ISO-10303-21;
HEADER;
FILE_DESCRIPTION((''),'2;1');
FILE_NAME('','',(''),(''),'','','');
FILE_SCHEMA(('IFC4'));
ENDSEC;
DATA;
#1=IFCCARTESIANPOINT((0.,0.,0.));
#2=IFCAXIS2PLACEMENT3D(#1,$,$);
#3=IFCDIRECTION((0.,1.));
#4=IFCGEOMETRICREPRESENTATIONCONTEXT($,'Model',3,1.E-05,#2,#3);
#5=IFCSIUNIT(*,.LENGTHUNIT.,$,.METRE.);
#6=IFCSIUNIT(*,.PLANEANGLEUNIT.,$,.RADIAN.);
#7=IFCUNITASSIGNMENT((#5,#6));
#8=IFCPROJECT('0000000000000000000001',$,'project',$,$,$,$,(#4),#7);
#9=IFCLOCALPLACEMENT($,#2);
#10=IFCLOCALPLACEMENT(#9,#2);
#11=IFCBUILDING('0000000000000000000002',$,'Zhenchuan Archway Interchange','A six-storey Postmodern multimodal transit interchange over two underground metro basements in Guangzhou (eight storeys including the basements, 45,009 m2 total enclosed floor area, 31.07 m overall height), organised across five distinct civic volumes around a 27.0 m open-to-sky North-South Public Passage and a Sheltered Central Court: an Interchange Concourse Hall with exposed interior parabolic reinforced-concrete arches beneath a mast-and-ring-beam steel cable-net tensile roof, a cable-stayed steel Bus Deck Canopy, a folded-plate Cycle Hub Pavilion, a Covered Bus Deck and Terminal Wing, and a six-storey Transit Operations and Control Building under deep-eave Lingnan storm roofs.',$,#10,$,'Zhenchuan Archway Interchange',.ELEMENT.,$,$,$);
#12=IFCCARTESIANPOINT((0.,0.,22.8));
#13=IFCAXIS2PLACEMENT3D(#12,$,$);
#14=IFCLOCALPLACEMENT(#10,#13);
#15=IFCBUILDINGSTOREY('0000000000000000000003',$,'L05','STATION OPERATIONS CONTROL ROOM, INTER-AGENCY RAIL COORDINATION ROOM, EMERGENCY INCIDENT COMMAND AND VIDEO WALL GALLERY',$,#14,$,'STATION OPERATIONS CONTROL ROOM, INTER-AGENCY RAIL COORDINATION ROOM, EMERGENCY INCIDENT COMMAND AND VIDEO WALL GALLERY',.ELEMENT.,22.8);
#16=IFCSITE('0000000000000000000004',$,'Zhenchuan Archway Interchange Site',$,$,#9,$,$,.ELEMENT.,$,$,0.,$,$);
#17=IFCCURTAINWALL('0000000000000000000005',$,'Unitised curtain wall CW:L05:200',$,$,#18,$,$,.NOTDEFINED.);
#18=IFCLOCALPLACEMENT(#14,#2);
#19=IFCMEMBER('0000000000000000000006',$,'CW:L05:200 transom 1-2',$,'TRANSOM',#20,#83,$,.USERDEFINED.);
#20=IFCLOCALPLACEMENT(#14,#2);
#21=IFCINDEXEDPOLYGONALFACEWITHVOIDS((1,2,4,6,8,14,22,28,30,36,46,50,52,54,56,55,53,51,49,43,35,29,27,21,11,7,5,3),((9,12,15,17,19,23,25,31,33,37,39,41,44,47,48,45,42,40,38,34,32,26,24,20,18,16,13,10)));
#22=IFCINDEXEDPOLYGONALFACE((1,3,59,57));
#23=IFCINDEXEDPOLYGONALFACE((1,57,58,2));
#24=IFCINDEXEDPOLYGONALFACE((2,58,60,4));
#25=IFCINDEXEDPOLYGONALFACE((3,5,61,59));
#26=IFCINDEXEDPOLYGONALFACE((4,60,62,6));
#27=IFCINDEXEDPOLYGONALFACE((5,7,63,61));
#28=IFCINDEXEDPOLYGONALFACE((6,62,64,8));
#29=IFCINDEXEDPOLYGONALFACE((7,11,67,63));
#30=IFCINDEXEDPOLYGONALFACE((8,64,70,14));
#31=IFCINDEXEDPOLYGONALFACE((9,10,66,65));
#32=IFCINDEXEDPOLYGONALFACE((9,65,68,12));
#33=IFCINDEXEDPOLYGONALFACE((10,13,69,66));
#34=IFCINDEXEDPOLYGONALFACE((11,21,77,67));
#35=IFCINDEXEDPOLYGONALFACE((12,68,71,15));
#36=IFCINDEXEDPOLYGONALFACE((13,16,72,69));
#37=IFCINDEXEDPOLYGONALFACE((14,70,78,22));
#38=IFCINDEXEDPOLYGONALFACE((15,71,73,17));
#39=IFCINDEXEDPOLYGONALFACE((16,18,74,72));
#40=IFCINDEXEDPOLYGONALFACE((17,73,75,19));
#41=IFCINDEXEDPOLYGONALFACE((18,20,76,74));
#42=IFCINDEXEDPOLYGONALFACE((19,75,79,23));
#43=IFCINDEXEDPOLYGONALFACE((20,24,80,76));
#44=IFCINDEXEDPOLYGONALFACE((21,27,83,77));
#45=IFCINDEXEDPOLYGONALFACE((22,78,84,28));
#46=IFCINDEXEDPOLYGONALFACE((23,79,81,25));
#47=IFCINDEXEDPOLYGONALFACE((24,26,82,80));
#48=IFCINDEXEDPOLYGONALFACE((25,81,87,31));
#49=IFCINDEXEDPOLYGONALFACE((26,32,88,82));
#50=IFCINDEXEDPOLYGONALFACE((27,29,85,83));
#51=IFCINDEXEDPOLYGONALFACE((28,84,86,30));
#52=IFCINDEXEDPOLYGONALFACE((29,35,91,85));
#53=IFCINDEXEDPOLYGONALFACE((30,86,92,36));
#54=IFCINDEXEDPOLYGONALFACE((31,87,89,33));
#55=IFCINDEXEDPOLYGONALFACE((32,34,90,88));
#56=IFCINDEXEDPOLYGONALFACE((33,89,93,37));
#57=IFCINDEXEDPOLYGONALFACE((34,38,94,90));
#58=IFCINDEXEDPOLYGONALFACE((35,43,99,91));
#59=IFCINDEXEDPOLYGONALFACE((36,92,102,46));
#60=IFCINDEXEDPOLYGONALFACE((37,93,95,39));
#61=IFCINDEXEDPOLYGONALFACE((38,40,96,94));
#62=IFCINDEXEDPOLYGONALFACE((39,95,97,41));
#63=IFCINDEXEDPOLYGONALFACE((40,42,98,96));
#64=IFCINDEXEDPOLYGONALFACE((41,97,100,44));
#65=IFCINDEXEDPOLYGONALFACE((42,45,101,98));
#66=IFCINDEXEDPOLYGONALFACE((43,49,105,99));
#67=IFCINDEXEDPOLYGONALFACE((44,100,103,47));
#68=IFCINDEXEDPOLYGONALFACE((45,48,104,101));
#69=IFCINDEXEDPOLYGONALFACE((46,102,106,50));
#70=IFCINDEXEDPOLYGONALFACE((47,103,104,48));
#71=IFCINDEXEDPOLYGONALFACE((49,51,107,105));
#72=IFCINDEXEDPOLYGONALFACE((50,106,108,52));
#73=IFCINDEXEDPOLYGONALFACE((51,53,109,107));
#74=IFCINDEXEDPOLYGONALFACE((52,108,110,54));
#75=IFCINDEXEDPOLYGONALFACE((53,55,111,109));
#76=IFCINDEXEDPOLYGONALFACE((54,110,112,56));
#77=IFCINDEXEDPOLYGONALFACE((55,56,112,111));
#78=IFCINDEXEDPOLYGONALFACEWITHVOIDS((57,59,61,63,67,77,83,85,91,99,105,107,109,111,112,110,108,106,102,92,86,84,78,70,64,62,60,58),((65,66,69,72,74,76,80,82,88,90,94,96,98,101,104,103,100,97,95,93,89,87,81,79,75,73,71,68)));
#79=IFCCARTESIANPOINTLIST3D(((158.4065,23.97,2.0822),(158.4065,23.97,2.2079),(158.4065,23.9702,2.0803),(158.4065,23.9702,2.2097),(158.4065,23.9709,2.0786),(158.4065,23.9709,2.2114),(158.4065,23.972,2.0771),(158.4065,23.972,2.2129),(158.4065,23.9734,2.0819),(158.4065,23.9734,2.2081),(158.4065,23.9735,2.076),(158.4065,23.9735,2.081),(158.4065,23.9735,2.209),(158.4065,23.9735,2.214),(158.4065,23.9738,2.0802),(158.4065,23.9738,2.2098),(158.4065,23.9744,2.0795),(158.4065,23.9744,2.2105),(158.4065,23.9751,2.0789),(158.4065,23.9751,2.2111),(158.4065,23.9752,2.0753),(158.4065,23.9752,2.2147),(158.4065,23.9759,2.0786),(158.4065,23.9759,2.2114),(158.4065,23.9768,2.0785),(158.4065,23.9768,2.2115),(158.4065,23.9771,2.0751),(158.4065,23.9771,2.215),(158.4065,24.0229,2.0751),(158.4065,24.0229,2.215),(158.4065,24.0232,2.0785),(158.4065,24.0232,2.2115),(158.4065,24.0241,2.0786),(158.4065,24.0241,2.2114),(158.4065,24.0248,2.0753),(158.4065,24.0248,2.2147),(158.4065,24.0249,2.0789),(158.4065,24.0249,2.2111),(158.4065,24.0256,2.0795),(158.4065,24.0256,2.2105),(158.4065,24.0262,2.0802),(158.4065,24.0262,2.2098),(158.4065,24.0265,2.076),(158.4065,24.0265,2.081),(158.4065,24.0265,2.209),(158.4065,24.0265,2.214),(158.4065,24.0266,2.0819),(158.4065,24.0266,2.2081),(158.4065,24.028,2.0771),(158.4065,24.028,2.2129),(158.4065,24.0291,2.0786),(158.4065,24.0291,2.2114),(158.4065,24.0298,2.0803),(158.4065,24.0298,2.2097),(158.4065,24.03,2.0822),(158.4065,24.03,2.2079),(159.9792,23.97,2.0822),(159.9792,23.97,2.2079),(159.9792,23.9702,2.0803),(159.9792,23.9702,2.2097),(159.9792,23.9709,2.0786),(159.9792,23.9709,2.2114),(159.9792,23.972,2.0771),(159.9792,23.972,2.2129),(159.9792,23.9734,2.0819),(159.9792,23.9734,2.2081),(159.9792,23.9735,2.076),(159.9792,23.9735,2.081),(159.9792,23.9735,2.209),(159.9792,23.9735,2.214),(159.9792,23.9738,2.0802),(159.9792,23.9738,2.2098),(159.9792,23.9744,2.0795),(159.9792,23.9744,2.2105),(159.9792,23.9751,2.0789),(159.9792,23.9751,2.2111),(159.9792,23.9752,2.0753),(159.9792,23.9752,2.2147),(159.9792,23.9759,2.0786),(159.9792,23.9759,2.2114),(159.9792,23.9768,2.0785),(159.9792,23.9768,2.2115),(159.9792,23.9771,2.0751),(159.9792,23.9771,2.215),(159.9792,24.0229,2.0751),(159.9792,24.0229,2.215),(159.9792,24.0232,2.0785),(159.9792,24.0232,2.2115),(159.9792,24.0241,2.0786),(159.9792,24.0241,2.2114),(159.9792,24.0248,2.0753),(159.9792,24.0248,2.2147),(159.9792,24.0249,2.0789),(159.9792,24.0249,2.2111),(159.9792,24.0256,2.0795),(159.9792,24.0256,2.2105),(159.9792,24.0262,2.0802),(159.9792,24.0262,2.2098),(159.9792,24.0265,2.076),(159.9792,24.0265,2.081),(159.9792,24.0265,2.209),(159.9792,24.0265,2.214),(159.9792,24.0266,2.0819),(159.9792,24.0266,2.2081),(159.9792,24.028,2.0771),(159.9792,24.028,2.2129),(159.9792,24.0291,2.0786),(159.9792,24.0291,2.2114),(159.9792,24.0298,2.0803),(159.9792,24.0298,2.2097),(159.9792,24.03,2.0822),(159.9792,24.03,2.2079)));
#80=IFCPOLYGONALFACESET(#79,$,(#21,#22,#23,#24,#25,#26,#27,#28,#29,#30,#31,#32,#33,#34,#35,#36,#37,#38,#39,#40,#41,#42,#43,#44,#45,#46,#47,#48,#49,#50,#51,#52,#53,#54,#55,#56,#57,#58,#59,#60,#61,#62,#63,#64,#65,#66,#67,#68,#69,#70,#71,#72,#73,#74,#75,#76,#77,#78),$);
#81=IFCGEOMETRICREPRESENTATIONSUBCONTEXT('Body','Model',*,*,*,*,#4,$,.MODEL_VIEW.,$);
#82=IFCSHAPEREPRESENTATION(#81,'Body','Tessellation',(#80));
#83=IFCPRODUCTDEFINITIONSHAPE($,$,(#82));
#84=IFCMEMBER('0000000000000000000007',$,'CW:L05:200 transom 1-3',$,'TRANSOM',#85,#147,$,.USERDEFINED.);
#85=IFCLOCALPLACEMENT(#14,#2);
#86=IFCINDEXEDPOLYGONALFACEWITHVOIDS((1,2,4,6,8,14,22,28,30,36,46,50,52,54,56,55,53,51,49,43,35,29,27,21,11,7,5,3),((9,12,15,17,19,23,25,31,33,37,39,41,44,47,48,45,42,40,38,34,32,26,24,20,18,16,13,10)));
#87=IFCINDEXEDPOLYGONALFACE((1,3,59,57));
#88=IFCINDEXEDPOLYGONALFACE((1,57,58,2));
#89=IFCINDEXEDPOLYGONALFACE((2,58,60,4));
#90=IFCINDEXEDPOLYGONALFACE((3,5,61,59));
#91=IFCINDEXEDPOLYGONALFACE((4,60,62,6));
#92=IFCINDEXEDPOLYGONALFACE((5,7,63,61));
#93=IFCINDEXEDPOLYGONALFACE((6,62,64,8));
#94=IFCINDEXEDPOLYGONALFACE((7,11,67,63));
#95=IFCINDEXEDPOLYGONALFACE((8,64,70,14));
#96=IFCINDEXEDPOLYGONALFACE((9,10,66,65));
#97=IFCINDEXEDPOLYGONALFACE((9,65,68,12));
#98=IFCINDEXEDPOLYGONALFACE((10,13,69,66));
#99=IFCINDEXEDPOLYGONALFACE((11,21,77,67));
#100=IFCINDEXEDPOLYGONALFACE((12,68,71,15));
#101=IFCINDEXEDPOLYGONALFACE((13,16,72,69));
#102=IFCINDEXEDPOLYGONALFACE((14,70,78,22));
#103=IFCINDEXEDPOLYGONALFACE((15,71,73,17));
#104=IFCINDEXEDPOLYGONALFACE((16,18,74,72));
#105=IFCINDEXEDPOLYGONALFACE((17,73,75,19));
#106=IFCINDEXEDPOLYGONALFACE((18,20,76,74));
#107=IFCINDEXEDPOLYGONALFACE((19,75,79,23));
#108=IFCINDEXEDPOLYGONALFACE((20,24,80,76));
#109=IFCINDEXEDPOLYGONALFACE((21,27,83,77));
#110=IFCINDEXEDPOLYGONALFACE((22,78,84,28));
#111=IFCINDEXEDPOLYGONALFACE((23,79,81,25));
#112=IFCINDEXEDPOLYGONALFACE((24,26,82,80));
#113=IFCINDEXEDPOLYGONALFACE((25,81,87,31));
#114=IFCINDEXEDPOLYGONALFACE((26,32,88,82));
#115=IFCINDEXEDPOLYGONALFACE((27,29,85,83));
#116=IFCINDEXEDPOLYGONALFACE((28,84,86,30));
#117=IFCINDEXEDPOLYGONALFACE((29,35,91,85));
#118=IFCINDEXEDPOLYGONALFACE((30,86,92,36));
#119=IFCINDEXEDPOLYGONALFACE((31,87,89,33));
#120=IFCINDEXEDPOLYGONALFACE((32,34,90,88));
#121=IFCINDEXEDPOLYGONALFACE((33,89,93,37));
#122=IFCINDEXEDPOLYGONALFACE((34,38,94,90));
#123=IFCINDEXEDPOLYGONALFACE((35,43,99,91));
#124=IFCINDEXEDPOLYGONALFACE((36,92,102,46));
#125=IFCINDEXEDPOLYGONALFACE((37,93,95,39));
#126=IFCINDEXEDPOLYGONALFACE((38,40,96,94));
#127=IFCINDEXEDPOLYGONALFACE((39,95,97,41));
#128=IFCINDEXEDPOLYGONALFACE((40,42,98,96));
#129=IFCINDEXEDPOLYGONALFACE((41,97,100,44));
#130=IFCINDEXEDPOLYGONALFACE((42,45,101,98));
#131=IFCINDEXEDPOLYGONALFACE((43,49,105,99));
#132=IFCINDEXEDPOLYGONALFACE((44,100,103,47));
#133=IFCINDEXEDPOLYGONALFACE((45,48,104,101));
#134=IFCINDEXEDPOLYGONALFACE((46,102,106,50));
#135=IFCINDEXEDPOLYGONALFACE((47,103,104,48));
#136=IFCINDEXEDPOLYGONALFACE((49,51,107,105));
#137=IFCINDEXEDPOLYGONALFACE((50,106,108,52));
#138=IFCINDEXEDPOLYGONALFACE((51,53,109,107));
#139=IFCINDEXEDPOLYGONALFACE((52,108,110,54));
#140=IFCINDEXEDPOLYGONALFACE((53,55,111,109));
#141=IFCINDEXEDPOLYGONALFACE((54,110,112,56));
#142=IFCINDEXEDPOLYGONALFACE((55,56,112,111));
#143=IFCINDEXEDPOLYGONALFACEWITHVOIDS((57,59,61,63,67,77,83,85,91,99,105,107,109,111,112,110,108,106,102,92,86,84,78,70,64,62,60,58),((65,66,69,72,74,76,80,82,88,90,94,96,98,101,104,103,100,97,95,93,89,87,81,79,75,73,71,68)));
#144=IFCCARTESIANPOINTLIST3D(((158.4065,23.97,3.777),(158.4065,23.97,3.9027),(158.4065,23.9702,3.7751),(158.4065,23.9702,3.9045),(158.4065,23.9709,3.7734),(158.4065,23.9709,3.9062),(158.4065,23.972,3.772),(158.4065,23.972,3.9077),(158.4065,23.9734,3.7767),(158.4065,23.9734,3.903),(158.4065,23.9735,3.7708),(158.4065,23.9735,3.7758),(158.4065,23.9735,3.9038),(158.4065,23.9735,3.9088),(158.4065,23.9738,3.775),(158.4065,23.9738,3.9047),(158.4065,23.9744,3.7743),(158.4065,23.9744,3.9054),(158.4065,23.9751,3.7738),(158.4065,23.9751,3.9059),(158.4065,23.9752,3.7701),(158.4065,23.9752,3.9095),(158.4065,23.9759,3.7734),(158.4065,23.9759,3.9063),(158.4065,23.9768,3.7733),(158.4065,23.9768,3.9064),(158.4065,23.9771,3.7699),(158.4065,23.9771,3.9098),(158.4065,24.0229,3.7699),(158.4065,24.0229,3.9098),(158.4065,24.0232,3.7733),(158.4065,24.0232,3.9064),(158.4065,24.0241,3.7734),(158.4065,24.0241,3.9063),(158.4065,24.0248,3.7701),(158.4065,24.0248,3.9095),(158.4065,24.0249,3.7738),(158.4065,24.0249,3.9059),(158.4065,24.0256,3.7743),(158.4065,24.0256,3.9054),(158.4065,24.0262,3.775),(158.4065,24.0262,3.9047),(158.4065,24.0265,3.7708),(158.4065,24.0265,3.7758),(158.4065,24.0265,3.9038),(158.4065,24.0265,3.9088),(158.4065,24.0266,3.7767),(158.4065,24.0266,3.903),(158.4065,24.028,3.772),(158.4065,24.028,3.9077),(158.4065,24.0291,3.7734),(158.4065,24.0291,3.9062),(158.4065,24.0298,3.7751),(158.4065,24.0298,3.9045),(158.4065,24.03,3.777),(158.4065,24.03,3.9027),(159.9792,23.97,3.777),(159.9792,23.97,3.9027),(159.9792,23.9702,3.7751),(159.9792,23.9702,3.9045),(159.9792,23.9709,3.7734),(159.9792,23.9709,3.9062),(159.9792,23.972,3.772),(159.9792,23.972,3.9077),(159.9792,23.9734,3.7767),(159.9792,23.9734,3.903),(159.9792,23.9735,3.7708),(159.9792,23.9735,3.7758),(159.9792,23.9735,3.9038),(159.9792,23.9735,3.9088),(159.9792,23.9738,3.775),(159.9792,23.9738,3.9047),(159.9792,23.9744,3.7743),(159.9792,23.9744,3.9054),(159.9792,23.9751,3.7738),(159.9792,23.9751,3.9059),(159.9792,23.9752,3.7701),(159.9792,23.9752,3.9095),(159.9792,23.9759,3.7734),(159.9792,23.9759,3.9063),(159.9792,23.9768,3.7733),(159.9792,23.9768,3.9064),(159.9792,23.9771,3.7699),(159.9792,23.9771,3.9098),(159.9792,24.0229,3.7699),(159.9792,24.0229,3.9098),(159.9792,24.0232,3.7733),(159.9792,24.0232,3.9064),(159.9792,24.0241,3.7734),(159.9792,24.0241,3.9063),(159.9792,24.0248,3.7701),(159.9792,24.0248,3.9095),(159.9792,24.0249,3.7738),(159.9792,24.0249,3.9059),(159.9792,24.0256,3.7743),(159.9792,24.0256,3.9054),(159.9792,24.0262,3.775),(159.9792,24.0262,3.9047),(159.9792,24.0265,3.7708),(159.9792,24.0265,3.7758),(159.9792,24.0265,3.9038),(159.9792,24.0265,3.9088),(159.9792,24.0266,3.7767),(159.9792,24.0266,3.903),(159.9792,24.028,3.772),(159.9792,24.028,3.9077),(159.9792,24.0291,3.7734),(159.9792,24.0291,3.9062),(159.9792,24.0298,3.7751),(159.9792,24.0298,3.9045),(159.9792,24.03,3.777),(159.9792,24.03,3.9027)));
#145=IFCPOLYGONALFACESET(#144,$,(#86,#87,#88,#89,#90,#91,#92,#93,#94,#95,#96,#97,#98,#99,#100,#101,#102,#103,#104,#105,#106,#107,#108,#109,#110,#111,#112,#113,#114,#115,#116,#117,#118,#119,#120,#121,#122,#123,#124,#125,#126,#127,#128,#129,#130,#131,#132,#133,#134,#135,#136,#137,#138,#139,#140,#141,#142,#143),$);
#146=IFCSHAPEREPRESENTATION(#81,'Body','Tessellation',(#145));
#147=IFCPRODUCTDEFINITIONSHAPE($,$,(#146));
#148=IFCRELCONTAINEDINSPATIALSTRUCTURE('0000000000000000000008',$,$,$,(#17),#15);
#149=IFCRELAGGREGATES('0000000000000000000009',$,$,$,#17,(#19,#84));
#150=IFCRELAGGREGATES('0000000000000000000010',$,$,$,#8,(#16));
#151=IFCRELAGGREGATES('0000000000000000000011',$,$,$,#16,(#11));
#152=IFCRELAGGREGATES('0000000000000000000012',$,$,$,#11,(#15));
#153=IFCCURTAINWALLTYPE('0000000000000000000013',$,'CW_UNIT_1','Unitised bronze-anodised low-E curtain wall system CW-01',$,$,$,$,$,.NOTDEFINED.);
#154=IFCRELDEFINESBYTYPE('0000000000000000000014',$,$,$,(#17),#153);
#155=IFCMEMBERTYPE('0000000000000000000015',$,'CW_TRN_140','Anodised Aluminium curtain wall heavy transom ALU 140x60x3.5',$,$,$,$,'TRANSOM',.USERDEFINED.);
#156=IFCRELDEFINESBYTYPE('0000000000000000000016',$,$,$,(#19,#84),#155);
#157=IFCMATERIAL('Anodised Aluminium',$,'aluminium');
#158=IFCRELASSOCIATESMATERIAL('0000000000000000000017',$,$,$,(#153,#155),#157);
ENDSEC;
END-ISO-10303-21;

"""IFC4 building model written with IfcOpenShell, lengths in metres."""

from ifc_helpers import new_model, si_unit, direction, frame, origin, origin_2d, place, context, subcontext, project, spatial, hollow_rectangle, extrude, material, material_profile, profile_set, type_object, element, aggregate, save


model = new_model("IFC4")

# Units and contexts
model_context = context("Model", 3, precision=1e-05, world=origin(), true_north=direction((0.0, 1.0)))
body_context = subcontext(model_context, "Body", "Model", "MODEL_VIEW")
ifc_project = project(units=[si_unit("LENGTHUNIT", "METRE"), si_unit("PLANEANGLEUNIT", "RADIAN")], contexts=[model_context])

# Site, building, storey
site_placement = place(None, origin())
site = spatial("IfcSite", under=ifc_project, at=site_placement, Name="Zhenchuan Archway Interchange Site", CompositionType="ELEMENT", RefElevation=0.0)
building_placement = place(site_placement, origin())
building = spatial("IfcBuilding", under=site, at=building_placement, Name="Zhenchuan Archway Interchange", Description="A six-storey Postmodern multimodal transit interchange over two underground metro basements in Guangzhou (eight storeys including the basements, 45,009 m2 total enclosed floor area, 31.07 m overall height), organised across five distinct civic volumes around a 27.0 m open-to-sky North-South Public Passage and a Sheltered Central Court: an Interchange Concourse Hall with exposed interior parabolic reinforced-concrete arches beneath a mast-and-ring-beam steel cable-net tensile roof, a cable-stayed steel Bus Deck Canopy, a folded-plate Cycle Hub Pavilion, a Covered Bus Deck and Terminal Wing, and a six-storey Transit Operations and Control Building under deep-eave Lingnan storm roofs.", LongName="Zhenchuan Archway Interchange", CompositionType="ELEMENT")
storey_placement = place(building_placement, frame((0.0, 0.0, 22.8)))
storey = spatial("IfcBuildingStorey", under=building, at=storey_placement, Name="L05", Description="STATION OPERATIONS CONTROL ROOM, INTER-AGENCY RAIL COORDINATION ROOM, EMERGENCY INCIDENT COMMAND AND VIDEO WALL GALLERY", LongName="STATION OPERATIONS CONTROL ROOM, INTER-AGENCY RAIL COORDINATION ROOM, EMERGENCY INCIDENT COMMAND AND VIDEO WALL GALLERY", CompositionType="ELEMENT", Elevation=22.8)

# Curtain wall, members
ifc_material_1 = material(Name="Anodised Aluminium", Category="aluminium")
curtain_wall_type = type_object("IfcCurtainWallType", Name="CW_UNIT_1", Description="Unitised bronze-anodised low-E curtain wall system CW-01", PredefinedType="NOTDEFINED", material=ifc_material_1)
curtain_wall_placement = place(storey_placement, origin())
curtain_wall = element("IfcCurtainWall", 1, at=curtain_wall_placement, inside=storey, type_object=curtain_wall_type, Name="Unitised curtain wall CW:L05:200", PredefinedType="NOTDEFINED")
ifc_material_profile_1 = material_profile(ifc_material_1, hollow_rectangle(XDim=0.0601, YDim=0.1399, WallThickness=0.0034, InnerFilletRadius=0.0034, OuterFilletRadius=0.0071, at=origin_2d()), Name="ALU 140x60x3.5")
ifc_profile_set_1 = profile_set([ifc_material_profile_1], Name="Anodised Aluminium")
member_type_1 = type_object("IfcMemberType", Name="CW_TRN_140", Description="Anodised Aluminium curtain wall heavy transom ALU 140x60x3.5", ElementType="TRANSOM", PredefinedType="USERDEFINED", material=ifc_profile_set_1)
member_1_placement = place(storey_placement, frame((159.9792, 24.0, 2.145), z_axis=(-1.0, 0.0, 0.0), x_axis=(0.0, -1.0, 0.0)))
member_1 = element("IfcMember", 2, at=member_1_placement, type_object=member_type_1, Name="CW:L05:200 transom 1-2", ObjectType="TRANSOM", PredefinedType="USERDEFINED", context=body_context, shape_type="SweptSolid", body=[
    extrude(hollow_rectangle(XDim=0.0601, YDim=0.1399, WallThickness=0.0034, InnerFilletRadius=0.0034, OuterFilletRadius=0.0071, at=origin_2d()), origin(), (0.0, 0.0, 1.0), 1.5728),
])
member_2_placement = place(storey_placement, frame((159.9792, 24.0, 3.8398), z_axis=(-1.0, 0.0, 0.0), x_axis=(0.0, -1.0, 0.0)))
member_2 = element("IfcMember", 3, at=member_2_placement, type_object=member_type_1, Name="CW:L05:200 transom 1-3", ObjectType="TRANSOM", PredefinedType="USERDEFINED", context=body_context, shape_type="SweptSolid", body=[
    extrude(hollow_rectangle(XDim=0.0601, YDim=0.1399, WallThickness=0.0034, InnerFilletRadius=0.0034, OuterFilletRadius=0.0071, at=origin_2d()), origin(), (0.0, 0.0, 1.0), 1.5728),
])

aggregate(curtain_wall, [member_1, member_2])

save(model, "model.ifc")
